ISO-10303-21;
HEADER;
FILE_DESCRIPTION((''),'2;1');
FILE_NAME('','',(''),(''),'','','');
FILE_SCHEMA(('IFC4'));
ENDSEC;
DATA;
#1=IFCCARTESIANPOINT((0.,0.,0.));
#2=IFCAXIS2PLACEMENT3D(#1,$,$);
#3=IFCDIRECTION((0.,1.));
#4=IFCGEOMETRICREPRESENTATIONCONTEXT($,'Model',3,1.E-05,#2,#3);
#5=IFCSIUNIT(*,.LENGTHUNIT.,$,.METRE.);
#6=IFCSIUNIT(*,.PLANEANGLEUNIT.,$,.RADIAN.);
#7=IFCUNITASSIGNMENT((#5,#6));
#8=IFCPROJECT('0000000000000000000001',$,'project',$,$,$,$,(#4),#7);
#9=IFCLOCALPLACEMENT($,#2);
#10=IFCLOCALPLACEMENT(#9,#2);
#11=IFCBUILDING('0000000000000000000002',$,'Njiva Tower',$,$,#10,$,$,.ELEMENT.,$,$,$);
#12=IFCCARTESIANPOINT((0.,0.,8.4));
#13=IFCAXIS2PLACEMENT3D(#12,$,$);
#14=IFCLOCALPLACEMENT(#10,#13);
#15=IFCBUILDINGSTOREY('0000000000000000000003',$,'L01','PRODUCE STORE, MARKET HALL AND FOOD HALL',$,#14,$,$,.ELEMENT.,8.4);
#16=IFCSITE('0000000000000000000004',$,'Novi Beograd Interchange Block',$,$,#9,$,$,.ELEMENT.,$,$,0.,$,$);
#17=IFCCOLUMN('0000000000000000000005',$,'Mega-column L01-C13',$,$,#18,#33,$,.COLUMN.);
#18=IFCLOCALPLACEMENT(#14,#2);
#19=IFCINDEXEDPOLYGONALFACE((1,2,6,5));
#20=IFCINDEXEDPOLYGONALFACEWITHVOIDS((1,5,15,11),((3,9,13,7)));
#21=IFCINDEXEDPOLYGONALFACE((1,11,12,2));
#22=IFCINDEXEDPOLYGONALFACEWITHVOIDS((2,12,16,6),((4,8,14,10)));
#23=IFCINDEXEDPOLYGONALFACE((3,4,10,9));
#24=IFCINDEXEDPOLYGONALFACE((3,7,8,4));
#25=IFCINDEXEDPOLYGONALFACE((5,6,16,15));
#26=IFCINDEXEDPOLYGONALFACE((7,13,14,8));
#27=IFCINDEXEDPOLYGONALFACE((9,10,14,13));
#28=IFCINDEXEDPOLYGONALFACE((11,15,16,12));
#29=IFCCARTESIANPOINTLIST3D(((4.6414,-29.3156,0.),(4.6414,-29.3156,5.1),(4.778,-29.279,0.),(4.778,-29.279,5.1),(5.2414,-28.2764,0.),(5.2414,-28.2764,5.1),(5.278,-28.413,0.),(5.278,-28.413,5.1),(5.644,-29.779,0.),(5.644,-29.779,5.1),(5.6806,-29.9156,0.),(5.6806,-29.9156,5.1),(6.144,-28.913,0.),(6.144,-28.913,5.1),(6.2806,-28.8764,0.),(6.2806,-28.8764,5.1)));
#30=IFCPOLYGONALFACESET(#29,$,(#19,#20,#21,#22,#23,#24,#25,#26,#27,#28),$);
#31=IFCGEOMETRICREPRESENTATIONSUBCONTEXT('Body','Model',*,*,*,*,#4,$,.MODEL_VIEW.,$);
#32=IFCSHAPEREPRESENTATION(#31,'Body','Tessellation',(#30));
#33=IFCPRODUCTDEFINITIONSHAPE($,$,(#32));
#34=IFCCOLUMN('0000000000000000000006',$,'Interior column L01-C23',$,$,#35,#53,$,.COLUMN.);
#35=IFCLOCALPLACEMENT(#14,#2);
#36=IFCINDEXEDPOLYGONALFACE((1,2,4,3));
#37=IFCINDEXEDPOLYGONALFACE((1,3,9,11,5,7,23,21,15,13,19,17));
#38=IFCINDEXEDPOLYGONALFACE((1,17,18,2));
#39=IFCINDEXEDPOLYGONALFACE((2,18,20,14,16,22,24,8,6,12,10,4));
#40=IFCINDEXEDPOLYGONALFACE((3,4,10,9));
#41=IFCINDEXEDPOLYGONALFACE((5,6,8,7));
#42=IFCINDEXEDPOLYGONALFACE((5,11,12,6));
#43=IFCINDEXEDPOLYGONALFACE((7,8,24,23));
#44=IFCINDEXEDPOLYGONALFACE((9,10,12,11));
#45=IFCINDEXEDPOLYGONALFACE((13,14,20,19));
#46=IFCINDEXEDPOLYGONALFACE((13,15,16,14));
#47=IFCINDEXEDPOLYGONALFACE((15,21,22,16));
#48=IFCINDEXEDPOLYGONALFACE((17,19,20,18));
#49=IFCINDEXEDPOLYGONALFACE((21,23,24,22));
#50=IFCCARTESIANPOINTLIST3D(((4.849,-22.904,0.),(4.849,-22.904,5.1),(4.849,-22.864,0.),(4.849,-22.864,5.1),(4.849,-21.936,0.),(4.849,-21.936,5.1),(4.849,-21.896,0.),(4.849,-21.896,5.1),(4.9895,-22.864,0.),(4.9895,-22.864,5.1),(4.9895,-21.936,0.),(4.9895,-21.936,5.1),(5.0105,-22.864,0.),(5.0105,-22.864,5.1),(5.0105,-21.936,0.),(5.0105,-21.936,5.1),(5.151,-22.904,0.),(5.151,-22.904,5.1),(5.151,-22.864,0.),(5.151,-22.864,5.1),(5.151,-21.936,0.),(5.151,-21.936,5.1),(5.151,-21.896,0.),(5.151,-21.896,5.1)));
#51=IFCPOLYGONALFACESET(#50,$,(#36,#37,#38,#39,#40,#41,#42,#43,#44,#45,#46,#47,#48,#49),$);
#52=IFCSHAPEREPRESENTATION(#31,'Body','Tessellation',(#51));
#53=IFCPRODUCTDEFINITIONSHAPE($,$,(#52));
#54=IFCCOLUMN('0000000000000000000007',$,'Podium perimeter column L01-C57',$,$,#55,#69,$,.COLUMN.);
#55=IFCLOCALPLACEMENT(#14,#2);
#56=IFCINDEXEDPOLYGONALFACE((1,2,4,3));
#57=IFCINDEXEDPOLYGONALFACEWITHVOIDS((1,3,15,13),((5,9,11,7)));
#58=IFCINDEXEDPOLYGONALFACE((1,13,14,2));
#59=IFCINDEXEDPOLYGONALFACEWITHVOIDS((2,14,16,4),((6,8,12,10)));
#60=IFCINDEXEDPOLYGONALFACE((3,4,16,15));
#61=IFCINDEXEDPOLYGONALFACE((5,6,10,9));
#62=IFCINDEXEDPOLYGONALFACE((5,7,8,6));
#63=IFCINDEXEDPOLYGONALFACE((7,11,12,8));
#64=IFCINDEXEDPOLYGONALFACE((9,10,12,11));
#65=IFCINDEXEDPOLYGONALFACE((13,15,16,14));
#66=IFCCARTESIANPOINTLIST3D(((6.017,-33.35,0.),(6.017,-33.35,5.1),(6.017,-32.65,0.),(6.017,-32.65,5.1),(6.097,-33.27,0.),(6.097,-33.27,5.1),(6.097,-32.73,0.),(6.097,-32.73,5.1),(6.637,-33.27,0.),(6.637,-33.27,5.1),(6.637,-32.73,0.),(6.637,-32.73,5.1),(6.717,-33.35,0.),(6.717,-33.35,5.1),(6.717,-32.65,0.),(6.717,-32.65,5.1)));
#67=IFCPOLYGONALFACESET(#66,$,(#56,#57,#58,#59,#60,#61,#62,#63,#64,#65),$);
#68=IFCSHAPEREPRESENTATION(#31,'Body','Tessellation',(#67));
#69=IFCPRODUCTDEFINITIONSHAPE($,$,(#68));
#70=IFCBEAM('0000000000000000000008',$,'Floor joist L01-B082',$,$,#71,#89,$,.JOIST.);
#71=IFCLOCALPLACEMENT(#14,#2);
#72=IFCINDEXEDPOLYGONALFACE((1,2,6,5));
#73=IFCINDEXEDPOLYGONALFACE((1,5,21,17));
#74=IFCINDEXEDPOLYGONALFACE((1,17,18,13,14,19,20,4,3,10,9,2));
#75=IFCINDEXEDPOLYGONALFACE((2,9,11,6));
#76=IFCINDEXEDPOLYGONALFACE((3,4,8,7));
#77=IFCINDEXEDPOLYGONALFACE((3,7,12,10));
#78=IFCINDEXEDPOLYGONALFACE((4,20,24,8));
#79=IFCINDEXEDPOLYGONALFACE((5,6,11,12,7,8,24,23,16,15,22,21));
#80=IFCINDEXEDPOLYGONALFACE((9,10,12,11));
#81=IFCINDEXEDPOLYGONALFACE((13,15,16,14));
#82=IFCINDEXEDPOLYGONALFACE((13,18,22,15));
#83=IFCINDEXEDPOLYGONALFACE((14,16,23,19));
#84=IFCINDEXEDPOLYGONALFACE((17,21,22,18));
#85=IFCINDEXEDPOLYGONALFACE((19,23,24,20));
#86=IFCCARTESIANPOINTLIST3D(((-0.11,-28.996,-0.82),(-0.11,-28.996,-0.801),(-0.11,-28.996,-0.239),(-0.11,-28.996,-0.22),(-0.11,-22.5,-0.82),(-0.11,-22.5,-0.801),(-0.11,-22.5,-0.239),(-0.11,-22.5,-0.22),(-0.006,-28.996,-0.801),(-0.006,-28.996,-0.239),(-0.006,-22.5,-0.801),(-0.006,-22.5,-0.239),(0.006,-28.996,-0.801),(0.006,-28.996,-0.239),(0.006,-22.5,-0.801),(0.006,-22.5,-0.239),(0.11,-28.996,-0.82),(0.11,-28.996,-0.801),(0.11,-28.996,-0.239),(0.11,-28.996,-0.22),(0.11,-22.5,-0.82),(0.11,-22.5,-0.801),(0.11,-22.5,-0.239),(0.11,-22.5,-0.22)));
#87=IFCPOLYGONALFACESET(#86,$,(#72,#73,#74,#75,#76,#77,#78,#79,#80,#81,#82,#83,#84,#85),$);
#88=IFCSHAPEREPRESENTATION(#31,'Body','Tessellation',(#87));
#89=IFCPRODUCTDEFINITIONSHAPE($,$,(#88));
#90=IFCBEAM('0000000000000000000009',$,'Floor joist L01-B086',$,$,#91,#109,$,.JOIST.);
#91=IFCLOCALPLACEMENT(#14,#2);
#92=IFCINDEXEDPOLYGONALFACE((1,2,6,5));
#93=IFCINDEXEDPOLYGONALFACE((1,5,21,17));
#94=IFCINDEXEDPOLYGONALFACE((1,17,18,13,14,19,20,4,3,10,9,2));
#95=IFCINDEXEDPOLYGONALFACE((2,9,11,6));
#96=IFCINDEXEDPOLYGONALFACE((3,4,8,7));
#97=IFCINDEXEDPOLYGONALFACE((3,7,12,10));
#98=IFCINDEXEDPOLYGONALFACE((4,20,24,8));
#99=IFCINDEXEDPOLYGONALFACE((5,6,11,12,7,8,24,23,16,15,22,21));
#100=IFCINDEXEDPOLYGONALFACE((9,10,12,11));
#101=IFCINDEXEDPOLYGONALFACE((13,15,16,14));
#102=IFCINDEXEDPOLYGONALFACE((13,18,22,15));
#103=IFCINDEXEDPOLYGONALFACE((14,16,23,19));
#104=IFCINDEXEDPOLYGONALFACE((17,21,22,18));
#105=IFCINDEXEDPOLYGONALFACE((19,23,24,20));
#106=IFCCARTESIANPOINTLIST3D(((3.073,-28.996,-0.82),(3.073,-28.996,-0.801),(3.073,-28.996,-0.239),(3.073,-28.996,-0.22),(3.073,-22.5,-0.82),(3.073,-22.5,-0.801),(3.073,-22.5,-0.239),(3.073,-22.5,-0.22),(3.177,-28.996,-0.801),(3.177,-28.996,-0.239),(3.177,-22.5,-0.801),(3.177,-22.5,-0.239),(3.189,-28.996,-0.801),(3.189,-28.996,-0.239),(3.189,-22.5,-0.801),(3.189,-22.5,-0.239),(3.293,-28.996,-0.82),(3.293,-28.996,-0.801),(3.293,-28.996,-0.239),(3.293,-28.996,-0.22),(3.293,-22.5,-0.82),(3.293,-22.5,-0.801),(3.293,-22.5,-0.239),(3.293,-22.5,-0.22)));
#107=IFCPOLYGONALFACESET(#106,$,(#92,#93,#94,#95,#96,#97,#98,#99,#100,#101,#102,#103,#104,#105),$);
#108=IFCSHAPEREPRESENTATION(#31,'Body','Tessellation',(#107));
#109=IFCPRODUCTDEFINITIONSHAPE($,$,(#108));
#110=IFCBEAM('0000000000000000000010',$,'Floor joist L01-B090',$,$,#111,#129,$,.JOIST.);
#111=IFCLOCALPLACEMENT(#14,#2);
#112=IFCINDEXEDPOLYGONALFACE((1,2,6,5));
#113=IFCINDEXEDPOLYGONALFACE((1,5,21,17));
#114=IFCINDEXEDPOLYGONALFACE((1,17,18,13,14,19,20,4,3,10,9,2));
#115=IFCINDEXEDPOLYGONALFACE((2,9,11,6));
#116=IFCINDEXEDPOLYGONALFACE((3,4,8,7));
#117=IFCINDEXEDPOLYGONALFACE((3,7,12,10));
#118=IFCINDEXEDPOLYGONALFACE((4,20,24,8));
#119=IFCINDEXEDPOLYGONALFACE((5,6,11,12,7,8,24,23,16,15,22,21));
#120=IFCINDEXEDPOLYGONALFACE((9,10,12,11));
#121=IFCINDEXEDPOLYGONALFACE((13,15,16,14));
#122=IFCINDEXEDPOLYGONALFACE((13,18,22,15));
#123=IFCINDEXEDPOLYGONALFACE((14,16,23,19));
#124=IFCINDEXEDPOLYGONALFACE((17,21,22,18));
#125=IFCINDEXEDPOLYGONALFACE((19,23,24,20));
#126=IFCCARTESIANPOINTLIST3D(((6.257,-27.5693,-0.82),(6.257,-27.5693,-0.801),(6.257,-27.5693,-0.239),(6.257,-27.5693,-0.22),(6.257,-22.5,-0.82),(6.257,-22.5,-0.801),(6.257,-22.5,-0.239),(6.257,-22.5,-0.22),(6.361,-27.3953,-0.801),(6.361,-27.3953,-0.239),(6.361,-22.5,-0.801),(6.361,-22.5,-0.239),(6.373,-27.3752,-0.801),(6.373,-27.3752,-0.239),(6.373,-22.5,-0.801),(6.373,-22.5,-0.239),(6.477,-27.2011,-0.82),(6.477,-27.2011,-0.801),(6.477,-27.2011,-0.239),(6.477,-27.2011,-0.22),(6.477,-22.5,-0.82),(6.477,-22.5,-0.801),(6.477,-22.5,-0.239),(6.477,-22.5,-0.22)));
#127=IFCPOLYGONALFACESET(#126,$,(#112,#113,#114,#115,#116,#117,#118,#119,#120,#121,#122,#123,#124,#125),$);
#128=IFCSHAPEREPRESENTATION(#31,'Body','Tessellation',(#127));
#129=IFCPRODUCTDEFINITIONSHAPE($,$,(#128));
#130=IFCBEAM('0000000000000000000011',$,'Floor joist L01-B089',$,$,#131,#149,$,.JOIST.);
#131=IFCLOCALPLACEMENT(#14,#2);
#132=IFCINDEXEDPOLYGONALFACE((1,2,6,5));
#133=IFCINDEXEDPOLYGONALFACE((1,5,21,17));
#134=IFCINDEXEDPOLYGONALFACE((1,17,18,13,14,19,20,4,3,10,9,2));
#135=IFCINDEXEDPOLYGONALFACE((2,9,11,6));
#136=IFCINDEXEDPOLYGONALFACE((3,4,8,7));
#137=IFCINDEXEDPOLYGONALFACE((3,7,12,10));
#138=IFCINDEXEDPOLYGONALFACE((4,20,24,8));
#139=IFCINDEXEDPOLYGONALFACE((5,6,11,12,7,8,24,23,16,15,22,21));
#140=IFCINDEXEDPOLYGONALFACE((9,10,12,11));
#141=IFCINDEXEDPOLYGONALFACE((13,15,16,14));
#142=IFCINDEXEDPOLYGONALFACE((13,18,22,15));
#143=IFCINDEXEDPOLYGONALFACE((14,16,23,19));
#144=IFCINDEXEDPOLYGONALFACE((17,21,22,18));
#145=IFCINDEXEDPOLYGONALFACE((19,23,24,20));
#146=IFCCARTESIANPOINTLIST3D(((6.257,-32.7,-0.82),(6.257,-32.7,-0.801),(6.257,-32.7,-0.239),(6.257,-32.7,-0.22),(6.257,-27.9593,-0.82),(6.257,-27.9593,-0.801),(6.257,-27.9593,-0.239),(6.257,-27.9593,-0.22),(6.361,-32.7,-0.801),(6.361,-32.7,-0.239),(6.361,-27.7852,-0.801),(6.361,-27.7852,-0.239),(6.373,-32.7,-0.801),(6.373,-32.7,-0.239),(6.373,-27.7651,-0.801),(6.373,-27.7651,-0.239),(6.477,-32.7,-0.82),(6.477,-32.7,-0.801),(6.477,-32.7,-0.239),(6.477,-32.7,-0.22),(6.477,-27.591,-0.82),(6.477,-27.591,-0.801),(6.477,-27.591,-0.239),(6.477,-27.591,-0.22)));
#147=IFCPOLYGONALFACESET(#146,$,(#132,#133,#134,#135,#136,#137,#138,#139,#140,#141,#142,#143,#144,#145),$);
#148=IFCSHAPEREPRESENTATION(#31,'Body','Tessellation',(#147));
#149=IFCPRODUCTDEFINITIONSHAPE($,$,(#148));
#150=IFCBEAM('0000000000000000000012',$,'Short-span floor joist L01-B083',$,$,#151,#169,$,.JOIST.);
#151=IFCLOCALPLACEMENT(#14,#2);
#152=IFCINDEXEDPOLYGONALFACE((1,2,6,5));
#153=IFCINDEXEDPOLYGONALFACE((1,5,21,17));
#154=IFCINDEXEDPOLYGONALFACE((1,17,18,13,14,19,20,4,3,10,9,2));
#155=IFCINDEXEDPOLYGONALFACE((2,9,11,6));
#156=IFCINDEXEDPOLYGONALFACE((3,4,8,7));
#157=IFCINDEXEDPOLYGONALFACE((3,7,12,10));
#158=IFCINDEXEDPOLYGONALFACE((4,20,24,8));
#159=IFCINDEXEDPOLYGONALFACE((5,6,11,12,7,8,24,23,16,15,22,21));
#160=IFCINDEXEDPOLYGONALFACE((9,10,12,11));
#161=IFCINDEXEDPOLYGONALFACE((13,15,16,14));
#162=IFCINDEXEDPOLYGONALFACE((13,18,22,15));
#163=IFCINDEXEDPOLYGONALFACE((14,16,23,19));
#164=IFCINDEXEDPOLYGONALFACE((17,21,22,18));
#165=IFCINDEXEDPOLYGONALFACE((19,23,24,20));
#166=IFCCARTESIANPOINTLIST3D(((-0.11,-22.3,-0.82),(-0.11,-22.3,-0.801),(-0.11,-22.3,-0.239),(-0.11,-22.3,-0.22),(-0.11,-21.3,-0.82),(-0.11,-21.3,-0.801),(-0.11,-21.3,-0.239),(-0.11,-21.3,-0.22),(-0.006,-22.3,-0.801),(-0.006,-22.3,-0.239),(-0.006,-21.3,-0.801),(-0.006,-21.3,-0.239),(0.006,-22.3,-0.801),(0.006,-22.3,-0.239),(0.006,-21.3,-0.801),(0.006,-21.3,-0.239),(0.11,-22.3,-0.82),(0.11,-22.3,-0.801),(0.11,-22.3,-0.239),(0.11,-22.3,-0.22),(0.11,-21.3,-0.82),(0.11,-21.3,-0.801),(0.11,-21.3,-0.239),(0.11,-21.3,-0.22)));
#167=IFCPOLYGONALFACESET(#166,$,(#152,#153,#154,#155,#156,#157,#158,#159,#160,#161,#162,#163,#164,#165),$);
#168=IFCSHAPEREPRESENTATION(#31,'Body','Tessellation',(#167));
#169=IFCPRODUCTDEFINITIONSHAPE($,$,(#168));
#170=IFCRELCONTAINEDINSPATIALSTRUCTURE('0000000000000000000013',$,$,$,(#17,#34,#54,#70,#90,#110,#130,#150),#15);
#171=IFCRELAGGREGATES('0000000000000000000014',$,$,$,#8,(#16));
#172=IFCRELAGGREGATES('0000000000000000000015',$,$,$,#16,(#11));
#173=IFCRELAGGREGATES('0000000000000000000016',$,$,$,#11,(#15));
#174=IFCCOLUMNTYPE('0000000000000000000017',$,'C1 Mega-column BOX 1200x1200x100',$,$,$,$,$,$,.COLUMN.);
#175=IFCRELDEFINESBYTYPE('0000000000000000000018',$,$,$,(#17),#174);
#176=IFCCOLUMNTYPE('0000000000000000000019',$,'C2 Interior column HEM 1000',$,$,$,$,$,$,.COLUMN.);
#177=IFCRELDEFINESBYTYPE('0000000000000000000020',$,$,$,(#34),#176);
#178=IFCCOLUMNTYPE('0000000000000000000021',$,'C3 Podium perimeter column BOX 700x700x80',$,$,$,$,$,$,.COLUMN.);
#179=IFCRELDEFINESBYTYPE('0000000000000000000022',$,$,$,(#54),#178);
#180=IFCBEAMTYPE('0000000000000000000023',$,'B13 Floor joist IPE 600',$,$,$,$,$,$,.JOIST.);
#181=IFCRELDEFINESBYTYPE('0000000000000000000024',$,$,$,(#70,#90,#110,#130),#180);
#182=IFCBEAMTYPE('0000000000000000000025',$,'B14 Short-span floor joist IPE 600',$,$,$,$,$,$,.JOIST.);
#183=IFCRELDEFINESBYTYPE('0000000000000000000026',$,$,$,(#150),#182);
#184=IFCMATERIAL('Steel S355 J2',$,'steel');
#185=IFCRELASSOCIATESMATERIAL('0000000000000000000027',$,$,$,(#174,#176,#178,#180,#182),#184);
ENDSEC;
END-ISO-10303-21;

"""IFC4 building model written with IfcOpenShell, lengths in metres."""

from ifc_helpers import new_model, si_unit, direction, frame, origin, origin_2d, place, context, subcontext, project, spatial, hollow_rectangle, i_section, extrude, clip, halfspace, material, material_profile, profile_set, type_object, element, save


model = new_model("IFC4")

# Units and contexts
model_context = context("Model", 3, precision=1e-05, world=origin(), true_north=direction((0.0, 1.0)))
body_context = subcontext(model_context, "Body", "Model", "MODEL_VIEW")
ifc_project = project(units=[si_unit("LENGTHUNIT", "METRE"), si_unit("PLANEANGLEUNIT", "RADIAN")], contexts=[model_context])

# Site, building, storey
site_placement = place(None, origin())
site = spatial("IfcSite", under=ifc_project, at=site_placement, Name="Novi Beograd Interchange Block", CompositionType="ELEMENT", RefElevation=0.0)
building_placement = place(site_placement, origin())
building = spatial("IfcBuilding", under=site, at=building_placement, Name="Njiva Tower", CompositionType="ELEMENT")
storey_placement = place(building_placement, frame((0.0, 0.0, 8.4)))
storey = spatial("IfcBuildingStorey", under=building, at=storey_placement, Name="L01", Description="PRODUCE STORE, MARKET HALL AND FOOD HALL", CompositionType="ELEMENT", Elevation=8.4)

# Columns
ifc_material_1 = material(Name="Steel S355 J2", Category="steel")
ifc_material_profile_1 = material_profile(ifc_material_1, hollow_rectangle(XDim=1.2, YDim=1.2, WallThickness=0.1, at=origin_2d()), Name="BOX 1200x1200x100")
ifc_profile_set_1 = profile_set([ifc_material_profile_1], Name="Steel S355 J2")
column_type_1 = type_object("IfcColumnType", Name="C1 Mega-column BOX 1200x1200x100", PredefinedType="COLUMN", material=ifc_profile_set_1)
column_1_placement = place(storey_placement, frame((5.461, -29.096, 0.0), z_axis=(0.0, 0.0, 1.0), x_axis=(0.5, 0.866025, 0.0)))
element("IfcColumn", 1, at=column_1_placement, inside=storey, type_object=column_type_1, Name="Mega-column L01-C13", PredefinedType="COLUMN", context=body_context, shape_type="SweptSolid", body=[
    extrude(hollow_rectangle(XDim=1.2, YDim=1.2, WallThickness=0.1, at=origin_2d()), origin(), (0.0, 0.0, 1.0), 5.1),
])
ifc_material_profile_2 = material_profile(ifc_material_1, i_section(OverallWidth=0.302, OverallDepth=1.008, WebThickness=0.021, FlangeThickness=0.04, at=origin_2d()), Name="HEM 1000")
ifc_profile_set_2 = profile_set([ifc_material_profile_2], Name="Steel S355 J2")
column_type_2 = type_object("IfcColumnType", Name="C2 Interior column HEM 1000", PredefinedType="COLUMN", material=ifc_profile_set_2)
column_2_placement = place(storey_placement, frame((5.0, -22.4, 0.0), z_axis=(0.0, 0.0, 1.0), x_axis=(1.0, 0.0, 0.0)))
element("IfcColumn", 2, at=column_2_placement, inside=storey, type_object=column_type_2, Name="Interior column L01-C23", PredefinedType="COLUMN", context=body_context, shape_type="SweptSolid", body=[
    extrude(i_section(OverallWidth=0.302, OverallDepth=1.008, WebThickness=0.021, FlangeThickness=0.04, at=origin_2d()), origin(), (0.0, 0.0, 1.0), 5.1),
])
ifc_material_profile_3 = material_profile(ifc_material_1, hollow_rectangle(XDim=0.7, YDim=0.7, WallThickness=0.08, at=origin_2d()), Name="BOX 700x700x80")
ifc_profile_set_3 = profile_set([ifc_material_profile_3], Name="Steel S355 J2")
column_type_3 = type_object("IfcColumnType", Name="C3 Podium perimeter column BOX 700x700x80", PredefinedType="COLUMN", material=ifc_profile_set_3)
column_3_placement = place(storey_placement, frame((6.367, -33.0, 0.0), z_axis=(0.0, 0.0, 1.0), x_axis=(1.0, 0.0, 0.0)))
element("IfcColumn", 3, at=column_3_placement, inside=storey, type_object=column_type_3, Name="Podium perimeter column L01-C57", PredefinedType="COLUMN", context=body_context, shape_type="SweptSolid", body=[
    extrude(hollow_rectangle(XDim=0.7, YDim=0.7, WallThickness=0.08, at=origin_2d()), origin(), (0.0, 0.0, 1.0), 5.1),
])

# Beams
ifc_material_profile_4 = material_profile(ifc_material_1, i_section(OverallWidth=0.22, OverallDepth=0.6, WebThickness=0.012, FlangeThickness=0.019, at=origin_2d()), Name="IPE 600")
ifc_profile_set_4 = profile_set([ifc_material_profile_4], Name="Steel S355 J2")
beam_type_1 = type_object("IfcBeamType", Name="B13 Floor joist IPE 600", PredefinedType="JOIST", material=ifc_profile_set_4)
for number, where, z_axis, x_axis, name in (
    (4, (0.0, -22.5, -0.52), (0.0, -1.0, 0.0), (1.0, 0.0, 0.0), "Floor joist L01-B082"),
    (5, (3.183, -22.5, -0.52), (0.0, -1.0, 0.0), (1.0, 0.0, 0.0), "Floor joist L01-B086"),
):
    element("IfcBeam", number, at=place(storey_placement, frame(where, z_axis=z_axis, x_axis=x_axis)), inside=storey, type_object=beam_type_1, Name=name, PredefinedType="JOIST", context=body_context, shape_type="SweptSolid", body=[
        extrude(i_section(OverallWidth=0.22, OverallDepth=0.6, WebThickness=0.012, FlangeThickness=0.019, at=origin_2d()), origin(), (0.0, 0.0, 1.0), 6.496),
    ])
beam_1_placement = place(storey_placement, frame((6.367, -22.5, -0.52), z_axis=(0.0, -1.0, 0.0), x_axis=(1.0, 0.0, 0.0)))
element("IfcBeam", 6, at=beam_1_placement, inside=storey, type_object=beam_type_1, Name="Floor joist L01-B090", PredefinedType="JOIST", context=body_context, shape_type="Clipping", body=[
    clip(extrude(i_section(OverallWidth=0.22, OverallDepth=0.6, WebThickness=0.012, FlangeThickness=0.019, at=origin_2d()), origin(), (0.0, 0.0, 1.0), 5.09), halfspace(frame((0.0426, 0.0, 4.8139), z_axis=(0.858483, 0.0, 0.512842), x_axis=(0.0, 1.0, 0.0)), False)),
])
beam_2_placement = place(storey_placement, frame((6.367, -27.572, -0.52), z_axis=(0.0, -1.0, 0.0), x_axis=(1.0, 0.0, 0.0)))
element("IfcBeam", 7, at=beam_2_placement, inside=storey, type_object=beam_type_1, Name="Floor joist L01-B089", PredefinedType="JOIST", context=body_context, shape_type="Clipping", body=[
    clip(extrude(i_section(OverallWidth=0.22, OverallDepth=0.6, WebThickness=0.012, FlangeThickness=0.019, at=origin_2d()), origin(), (0.0, 0.0, 1.0), 5.128), halfspace(frame((-0.0433, 0.0, 0.2756), z_axis=(-0.858483, 0.0, -0.512842), x_axis=(0.0, -1.0, 0.0)), False)),
])
ifc_material_profile_5 = material_profile(ifc_material_1, i_section(OverallWidth=0.22, OverallDepth=0.6, WebThickness=0.012, FlangeThickness=0.019, at=origin_2d()), Name="IPE 600")
ifc_profile_set_5 = profile_set([ifc_material_profile_5], Name="Steel S355 J2")
beam_type_2 = type_object("IfcBeamType", Name="B14 Short-span floor joist IPE 600", PredefinedType="JOIST", material=ifc_profile_set_5)
beam_3_placement = place(storey_placement, frame((0.0, -21.3, -0.52), z_axis=(0.0, -1.0, 0.0), x_axis=(1.0, 0.0, 0.0)))
element("IfcBeam", 8, at=beam_3_placement, inside=storey, type_object=beam_type_2, Name="Short-span floor joist L01-B083", PredefinedType="JOIST", context=body_context, shape_type="SweptSolid", body=[
    extrude(i_section(OverallWidth=0.22, OverallDepth=0.6, WebThickness=0.012, FlangeThickness=0.019, at=origin_2d()), origin(), (0.0, 0.0, 1.0), 1.0),
])

save(model, "model.ifc")
